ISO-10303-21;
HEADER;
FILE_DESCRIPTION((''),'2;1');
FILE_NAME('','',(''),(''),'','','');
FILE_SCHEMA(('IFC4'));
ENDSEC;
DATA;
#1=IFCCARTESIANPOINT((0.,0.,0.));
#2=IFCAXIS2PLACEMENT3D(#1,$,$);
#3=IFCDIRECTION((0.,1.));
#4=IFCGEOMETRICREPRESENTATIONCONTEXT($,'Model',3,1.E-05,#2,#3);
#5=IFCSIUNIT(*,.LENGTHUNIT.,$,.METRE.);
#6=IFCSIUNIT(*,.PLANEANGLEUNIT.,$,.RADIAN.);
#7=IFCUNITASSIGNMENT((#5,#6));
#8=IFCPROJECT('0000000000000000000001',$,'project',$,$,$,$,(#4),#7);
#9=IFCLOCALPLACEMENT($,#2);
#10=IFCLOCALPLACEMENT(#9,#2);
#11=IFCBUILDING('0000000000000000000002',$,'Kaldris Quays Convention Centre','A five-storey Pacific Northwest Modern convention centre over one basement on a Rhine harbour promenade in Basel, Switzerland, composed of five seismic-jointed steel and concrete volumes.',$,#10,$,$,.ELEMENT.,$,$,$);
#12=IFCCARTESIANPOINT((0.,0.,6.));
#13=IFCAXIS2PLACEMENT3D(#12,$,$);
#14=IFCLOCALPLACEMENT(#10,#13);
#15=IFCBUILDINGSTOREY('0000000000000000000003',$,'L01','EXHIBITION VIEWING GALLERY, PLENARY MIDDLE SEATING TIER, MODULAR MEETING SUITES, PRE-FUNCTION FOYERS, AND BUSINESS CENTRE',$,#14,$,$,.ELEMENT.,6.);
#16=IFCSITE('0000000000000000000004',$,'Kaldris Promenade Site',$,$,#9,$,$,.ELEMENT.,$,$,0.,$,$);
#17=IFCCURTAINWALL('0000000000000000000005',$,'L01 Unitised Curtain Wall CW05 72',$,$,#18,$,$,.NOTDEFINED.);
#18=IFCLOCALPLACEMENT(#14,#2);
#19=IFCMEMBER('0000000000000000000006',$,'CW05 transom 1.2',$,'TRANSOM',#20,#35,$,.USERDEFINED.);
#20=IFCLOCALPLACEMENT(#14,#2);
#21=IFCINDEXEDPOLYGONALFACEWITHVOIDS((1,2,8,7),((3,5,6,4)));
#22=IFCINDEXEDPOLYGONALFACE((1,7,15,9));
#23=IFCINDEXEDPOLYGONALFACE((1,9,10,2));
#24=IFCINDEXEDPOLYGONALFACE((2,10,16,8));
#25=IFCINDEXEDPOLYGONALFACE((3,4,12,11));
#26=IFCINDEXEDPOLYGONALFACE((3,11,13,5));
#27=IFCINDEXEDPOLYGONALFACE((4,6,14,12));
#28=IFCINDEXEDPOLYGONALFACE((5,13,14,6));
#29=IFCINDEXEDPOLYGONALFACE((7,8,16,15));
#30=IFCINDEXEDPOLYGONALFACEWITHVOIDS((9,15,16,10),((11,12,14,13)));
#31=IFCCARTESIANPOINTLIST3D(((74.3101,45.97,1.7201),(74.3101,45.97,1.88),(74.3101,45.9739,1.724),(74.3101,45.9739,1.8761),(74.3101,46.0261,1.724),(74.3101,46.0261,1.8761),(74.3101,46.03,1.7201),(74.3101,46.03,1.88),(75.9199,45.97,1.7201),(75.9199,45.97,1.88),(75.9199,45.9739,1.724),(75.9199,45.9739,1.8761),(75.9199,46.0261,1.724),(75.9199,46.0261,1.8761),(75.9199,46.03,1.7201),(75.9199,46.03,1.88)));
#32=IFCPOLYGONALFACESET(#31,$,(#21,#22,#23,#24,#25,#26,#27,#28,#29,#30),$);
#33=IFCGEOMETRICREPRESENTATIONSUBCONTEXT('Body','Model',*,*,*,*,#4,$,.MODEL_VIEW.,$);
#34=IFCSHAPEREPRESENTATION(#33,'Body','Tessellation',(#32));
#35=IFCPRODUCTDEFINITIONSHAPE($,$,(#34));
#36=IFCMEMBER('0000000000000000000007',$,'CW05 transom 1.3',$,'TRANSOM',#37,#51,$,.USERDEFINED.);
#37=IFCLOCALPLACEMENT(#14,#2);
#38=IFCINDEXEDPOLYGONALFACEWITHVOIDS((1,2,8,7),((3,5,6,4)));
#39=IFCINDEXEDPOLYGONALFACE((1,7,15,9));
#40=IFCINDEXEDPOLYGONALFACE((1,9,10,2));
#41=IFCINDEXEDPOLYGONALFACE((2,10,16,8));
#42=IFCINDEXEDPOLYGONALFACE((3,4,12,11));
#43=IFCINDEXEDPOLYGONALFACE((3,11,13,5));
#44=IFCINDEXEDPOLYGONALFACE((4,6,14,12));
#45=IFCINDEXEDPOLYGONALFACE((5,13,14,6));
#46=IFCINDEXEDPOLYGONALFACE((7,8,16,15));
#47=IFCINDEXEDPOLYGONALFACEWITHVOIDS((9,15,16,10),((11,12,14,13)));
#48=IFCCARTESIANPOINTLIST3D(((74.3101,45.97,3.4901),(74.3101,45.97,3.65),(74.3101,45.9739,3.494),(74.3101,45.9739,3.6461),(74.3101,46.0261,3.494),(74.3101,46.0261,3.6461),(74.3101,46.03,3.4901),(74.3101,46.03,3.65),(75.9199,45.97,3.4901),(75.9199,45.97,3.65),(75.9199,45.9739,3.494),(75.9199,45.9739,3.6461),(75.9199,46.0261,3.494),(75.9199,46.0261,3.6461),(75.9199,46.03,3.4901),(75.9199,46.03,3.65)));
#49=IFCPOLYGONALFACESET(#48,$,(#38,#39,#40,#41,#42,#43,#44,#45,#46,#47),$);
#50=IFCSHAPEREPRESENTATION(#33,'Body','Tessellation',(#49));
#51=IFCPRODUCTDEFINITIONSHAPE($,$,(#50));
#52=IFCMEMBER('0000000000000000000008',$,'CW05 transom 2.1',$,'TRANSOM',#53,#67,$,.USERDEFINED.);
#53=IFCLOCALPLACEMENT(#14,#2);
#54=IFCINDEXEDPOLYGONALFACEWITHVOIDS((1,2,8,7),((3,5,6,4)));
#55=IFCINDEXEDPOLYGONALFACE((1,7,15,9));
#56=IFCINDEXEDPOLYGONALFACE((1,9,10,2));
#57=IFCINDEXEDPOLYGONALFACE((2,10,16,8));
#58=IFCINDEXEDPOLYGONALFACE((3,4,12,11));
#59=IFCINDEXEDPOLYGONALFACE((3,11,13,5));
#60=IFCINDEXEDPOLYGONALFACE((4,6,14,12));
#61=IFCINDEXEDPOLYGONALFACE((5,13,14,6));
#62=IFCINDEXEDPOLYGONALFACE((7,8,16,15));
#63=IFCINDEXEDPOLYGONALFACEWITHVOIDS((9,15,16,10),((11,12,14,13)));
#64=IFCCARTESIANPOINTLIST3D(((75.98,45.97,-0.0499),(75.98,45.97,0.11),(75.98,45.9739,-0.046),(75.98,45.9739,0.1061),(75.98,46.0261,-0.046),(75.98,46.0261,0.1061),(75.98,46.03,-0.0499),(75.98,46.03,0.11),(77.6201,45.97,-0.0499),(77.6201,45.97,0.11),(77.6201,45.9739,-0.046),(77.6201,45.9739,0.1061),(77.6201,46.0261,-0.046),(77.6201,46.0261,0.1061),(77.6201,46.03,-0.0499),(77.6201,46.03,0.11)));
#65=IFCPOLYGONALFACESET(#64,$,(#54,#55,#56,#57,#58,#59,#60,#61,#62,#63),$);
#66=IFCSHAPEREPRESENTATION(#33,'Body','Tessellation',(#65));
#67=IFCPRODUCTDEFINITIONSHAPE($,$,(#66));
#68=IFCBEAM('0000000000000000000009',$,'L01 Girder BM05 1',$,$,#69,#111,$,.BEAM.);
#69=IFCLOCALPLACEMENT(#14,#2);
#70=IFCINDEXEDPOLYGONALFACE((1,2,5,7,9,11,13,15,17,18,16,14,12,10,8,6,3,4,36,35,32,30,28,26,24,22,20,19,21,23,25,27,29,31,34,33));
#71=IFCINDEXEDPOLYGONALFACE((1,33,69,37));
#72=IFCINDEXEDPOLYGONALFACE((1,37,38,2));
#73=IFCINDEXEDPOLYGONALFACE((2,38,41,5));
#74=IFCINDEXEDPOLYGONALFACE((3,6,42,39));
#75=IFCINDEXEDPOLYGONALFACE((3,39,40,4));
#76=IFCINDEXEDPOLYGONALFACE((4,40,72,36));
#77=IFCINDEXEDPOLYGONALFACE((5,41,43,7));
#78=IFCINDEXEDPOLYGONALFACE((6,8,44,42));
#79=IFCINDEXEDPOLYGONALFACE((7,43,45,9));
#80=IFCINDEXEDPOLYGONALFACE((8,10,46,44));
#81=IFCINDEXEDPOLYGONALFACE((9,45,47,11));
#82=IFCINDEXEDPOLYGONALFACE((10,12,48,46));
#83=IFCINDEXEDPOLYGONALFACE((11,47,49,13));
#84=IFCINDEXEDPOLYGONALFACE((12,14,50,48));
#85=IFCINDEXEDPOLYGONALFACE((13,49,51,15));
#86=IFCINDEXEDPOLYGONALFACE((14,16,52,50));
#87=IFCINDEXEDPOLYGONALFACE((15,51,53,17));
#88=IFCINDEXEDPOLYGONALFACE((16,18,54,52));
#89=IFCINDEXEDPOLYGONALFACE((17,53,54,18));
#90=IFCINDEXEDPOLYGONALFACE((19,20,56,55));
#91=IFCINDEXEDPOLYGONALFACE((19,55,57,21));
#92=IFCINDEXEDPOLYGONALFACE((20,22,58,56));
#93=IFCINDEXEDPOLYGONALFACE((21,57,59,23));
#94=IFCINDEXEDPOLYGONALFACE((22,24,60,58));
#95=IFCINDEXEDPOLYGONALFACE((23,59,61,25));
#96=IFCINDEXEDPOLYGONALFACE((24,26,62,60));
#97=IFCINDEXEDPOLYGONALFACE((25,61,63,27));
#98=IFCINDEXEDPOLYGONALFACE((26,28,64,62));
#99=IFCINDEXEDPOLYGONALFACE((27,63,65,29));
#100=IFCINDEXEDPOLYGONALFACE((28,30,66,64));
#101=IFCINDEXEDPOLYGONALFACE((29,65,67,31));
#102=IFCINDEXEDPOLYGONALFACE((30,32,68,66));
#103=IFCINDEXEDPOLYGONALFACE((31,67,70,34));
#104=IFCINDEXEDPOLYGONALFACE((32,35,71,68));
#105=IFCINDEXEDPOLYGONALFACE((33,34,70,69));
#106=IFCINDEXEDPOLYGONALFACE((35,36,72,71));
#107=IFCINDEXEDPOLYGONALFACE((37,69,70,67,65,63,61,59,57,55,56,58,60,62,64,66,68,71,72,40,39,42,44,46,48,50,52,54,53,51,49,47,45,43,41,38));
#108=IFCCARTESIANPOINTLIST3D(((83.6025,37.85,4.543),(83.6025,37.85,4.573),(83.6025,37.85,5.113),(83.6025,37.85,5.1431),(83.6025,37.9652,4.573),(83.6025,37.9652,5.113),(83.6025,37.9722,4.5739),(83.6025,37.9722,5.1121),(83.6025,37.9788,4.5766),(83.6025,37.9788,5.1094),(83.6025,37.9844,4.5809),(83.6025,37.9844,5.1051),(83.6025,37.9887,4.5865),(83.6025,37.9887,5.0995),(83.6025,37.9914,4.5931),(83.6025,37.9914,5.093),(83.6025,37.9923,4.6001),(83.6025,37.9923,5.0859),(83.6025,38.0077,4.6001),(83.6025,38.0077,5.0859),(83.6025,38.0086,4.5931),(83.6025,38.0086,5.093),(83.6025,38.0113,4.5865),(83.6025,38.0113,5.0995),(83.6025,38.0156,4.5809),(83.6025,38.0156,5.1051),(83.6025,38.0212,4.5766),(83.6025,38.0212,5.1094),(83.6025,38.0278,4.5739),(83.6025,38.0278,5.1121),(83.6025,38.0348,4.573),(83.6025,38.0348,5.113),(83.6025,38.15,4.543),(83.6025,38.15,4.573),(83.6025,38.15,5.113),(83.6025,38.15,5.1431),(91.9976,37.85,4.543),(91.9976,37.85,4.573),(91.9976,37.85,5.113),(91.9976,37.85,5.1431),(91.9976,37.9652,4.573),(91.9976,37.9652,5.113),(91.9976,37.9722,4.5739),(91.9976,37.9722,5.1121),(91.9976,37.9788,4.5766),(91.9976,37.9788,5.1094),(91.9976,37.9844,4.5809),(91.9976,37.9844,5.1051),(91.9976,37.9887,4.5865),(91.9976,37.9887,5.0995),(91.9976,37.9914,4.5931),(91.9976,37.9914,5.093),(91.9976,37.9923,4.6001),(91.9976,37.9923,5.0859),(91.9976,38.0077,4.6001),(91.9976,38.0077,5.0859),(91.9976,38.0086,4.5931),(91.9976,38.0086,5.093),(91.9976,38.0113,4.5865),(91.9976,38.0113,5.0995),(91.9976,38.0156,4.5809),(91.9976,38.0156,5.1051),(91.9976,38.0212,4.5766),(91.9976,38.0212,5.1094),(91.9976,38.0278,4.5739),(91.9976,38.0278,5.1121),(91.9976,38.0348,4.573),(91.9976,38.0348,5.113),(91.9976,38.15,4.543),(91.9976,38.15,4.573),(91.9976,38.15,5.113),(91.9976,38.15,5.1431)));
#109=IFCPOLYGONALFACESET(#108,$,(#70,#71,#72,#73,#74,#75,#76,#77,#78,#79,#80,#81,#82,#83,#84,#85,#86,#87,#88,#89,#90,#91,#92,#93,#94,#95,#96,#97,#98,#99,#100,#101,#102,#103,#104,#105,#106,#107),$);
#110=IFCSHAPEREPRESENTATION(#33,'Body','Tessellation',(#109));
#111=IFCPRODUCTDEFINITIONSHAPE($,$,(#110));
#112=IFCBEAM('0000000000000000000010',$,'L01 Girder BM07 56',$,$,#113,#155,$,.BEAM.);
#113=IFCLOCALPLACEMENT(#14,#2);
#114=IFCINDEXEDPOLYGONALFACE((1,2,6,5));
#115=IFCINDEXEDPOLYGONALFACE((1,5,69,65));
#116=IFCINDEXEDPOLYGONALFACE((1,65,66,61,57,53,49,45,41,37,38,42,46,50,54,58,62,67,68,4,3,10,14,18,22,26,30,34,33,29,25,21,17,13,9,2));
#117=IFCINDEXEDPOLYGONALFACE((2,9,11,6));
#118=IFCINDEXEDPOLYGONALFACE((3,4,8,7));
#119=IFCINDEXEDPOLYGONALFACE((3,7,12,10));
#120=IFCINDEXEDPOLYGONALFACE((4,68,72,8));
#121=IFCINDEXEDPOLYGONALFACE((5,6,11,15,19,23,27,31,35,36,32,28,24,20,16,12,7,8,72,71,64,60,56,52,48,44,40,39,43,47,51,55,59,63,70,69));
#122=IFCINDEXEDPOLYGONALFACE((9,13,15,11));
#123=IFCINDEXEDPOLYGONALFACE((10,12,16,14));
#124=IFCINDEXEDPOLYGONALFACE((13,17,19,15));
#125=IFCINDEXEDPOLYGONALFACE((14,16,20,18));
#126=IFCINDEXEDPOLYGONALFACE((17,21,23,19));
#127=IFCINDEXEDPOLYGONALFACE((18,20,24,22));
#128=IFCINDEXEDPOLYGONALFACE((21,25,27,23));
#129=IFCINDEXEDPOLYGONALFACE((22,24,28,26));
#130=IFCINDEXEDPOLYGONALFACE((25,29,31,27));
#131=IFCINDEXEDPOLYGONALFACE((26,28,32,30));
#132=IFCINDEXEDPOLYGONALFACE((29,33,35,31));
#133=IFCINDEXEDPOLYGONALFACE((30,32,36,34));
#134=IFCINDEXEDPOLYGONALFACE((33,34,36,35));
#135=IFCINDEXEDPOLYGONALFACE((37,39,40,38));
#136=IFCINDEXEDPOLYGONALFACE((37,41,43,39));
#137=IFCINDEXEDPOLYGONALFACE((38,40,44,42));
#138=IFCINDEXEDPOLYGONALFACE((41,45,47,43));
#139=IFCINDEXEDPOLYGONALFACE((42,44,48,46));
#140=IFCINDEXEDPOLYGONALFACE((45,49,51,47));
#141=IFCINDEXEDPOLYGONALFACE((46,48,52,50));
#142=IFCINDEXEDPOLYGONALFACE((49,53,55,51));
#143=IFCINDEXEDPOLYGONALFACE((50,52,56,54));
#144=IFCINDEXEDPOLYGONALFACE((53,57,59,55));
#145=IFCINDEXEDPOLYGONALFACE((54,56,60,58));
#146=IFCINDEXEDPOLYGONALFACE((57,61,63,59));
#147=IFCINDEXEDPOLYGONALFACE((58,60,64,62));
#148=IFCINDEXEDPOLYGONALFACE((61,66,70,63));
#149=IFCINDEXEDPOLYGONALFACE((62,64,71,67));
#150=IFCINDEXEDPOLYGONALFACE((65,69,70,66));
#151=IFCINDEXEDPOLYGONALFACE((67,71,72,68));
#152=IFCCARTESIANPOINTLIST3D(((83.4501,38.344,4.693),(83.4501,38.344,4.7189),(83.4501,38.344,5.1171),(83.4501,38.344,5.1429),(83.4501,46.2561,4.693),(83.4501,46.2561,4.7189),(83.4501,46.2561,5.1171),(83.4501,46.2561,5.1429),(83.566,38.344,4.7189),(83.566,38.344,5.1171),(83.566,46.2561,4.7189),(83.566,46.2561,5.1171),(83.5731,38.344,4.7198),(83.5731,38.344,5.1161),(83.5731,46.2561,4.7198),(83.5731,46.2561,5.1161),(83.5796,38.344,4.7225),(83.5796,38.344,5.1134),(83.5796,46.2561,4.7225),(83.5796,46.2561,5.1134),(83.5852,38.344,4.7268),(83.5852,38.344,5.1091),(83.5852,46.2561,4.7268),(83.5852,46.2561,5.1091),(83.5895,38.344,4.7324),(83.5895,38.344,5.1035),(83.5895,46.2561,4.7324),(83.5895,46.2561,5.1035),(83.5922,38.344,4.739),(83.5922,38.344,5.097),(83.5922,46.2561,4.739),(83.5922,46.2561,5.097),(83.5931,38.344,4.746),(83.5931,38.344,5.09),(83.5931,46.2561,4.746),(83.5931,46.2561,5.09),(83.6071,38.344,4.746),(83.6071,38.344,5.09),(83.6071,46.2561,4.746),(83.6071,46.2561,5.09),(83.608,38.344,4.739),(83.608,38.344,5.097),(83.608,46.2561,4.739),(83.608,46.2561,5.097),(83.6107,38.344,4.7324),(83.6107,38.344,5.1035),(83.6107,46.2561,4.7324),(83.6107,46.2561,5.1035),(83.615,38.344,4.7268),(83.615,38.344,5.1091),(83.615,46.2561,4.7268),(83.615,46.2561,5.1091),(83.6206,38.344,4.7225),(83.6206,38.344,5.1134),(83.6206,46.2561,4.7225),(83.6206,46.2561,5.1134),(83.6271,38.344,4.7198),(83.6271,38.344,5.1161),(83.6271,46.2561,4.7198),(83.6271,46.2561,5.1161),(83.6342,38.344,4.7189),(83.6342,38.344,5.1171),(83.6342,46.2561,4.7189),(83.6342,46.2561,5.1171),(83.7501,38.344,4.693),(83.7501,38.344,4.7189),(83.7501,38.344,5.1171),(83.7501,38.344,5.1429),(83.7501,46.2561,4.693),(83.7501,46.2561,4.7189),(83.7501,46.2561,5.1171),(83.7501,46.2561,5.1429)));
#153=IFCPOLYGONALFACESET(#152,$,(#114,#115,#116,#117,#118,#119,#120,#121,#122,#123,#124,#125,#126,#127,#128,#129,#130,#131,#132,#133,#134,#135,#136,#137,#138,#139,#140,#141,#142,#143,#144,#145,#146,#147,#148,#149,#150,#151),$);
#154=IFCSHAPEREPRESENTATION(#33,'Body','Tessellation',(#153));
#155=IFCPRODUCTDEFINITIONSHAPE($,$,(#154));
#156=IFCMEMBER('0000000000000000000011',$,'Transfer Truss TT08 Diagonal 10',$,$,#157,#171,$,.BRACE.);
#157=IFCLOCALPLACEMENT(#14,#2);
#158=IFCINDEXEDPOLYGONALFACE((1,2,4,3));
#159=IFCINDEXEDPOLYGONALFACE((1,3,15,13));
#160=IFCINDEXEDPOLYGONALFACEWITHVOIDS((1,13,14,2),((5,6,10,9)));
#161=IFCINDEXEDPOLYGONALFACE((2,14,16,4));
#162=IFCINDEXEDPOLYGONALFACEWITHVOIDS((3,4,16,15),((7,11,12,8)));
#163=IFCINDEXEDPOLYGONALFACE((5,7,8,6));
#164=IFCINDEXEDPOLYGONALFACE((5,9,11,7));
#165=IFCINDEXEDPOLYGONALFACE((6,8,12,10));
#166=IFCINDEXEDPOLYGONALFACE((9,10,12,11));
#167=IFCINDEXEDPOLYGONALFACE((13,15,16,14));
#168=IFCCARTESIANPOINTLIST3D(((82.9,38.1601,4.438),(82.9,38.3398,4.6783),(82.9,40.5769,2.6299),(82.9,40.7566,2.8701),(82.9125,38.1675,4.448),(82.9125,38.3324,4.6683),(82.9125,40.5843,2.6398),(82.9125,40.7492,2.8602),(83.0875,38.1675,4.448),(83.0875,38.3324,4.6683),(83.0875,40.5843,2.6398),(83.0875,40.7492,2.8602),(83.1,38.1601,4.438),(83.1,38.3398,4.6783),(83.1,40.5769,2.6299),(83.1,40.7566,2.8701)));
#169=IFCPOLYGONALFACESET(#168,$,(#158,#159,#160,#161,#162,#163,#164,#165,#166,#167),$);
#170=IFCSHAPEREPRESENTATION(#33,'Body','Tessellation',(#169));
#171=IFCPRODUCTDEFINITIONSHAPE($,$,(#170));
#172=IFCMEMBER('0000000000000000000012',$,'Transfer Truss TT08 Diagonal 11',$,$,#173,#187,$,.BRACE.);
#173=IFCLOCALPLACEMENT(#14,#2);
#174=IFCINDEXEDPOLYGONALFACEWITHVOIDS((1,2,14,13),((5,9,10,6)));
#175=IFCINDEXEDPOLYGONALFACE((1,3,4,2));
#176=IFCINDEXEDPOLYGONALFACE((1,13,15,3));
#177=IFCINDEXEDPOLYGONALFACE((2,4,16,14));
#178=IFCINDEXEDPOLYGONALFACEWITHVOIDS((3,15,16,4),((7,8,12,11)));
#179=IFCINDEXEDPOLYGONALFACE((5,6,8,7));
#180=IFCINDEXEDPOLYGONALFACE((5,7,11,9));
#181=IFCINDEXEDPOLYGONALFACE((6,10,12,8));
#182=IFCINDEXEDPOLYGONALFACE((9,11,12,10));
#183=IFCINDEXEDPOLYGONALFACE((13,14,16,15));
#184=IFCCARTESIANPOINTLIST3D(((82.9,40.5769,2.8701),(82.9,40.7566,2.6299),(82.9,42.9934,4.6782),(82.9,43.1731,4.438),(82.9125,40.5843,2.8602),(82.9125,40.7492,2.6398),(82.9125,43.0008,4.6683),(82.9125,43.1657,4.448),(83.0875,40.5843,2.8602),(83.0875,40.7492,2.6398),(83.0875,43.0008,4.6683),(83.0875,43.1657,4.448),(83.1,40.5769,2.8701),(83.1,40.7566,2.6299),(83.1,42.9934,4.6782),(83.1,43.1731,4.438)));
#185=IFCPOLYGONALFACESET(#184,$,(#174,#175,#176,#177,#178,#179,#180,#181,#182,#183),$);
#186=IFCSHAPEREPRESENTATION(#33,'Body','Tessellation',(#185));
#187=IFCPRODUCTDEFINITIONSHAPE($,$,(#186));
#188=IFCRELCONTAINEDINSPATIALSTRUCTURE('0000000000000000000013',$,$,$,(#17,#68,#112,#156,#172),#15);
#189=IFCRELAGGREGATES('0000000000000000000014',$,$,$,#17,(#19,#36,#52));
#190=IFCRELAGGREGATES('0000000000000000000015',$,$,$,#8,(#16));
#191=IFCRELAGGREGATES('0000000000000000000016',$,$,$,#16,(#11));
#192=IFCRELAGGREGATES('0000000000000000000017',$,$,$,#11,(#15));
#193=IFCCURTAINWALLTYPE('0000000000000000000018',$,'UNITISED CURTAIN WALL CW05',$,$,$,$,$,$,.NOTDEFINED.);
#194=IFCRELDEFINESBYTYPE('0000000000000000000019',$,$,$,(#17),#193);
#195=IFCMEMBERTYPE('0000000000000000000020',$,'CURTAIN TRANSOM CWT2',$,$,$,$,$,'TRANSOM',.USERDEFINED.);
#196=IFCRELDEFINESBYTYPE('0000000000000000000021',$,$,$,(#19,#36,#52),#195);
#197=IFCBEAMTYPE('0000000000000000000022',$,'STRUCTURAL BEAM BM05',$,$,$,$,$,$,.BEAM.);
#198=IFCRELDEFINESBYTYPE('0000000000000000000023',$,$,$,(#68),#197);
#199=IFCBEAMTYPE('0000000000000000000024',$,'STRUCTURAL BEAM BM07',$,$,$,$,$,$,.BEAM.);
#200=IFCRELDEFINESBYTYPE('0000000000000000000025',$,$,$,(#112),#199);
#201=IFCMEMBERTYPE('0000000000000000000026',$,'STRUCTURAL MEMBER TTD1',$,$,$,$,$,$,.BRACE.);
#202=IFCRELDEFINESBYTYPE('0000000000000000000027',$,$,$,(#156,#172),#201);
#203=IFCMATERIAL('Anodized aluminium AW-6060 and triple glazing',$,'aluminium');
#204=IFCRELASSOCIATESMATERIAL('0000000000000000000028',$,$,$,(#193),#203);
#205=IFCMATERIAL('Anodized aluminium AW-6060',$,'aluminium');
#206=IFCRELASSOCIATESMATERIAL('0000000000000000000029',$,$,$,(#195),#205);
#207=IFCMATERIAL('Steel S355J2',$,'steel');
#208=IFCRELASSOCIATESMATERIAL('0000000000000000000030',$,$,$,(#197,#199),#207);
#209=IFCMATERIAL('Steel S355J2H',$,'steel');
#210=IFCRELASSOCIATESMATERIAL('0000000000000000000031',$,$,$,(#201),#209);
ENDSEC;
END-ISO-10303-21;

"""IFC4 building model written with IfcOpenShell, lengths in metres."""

from ifc_helpers import new_model, si_unit, direction, frame, origin, origin_2d, place, context, subcontext, project, spatial, hollow_rectangle, i_section, extrude, material, material_profile, profile_set, type_object, element, aggregate, save


model = new_model("IFC4")

# Units and contexts
model_context = context("Model", 3, precision=1e-05, world=origin(), true_north=direction((0.0, 1.0)))
body_context = subcontext(model_context, "Body", "Model", "MODEL_VIEW")
ifc_project = project(units=[si_unit("LENGTHUNIT", "METRE"), si_unit("PLANEANGLEUNIT", "RADIAN")], contexts=[model_context])

# Site, building, storey
site_placement = place(None, origin())
site = spatial("IfcSite", under=ifc_project, at=site_placement, Name="Kaldris Promenade Site", CompositionType="ELEMENT", RefElevation=0.0)
building_placement = place(site_placement, origin())
building = spatial("IfcBuilding", under=site, at=building_placement, Name="Kaldris Quays Convention Centre", Description="A five-storey Pacific Northwest Modern convention centre over one basement on a Rhine harbour promenade in Basel, Switzerland, composed of five seismic-jointed steel and concrete volumes.", CompositionType="ELEMENT")
storey_placement = place(building_placement, frame((0.0, 0.0, 6.0)))
storey = spatial("IfcBuildingStorey", under=building, at=storey_placement, Name="L01", Description="EXHIBITION VIEWING GALLERY, PLENARY MIDDLE SEATING TIER, MODULAR MEETING SUITES, PRE-FUNCTION FOYERS, AND BUSINESS CENTRE", CompositionType="ELEMENT", Elevation=6.0)

# Curtain wall
ifc_material_1 = material(Name="Anodized aluminium AW-6060 and triple glazing", Category="aluminium")
curtain_wall_type_1 = type_object("IfcCurtainWallType", Name="UNITISED CURTAIN WALL CW05", PredefinedType="NOTDEFINED", material=ifc_material_1)
curtain_wall_1_placement = place(storey_placement, origin())
curtain_wall_1 = element("IfcCurtainWall", 1, at=curtain_wall_1_placement, inside=storey, type_object=curtain_wall_type_1, Name="L01 Unitised Curtain Wall CW05 72", PredefinedType="NOTDEFINED")
ifc_material_2 = material(Name="Anodized aluminium AW-6060", Category="aluminium")

# Members
ifc_material_profile_1 = material_profile(ifc_material_2, hollow_rectangle(XDim=0.0601, YDim=0.1599, WallThickness=0.0039, at=origin_2d()), Name="RHS 160x60x4")
ifc_profile_set_1 = profile_set([ifc_material_profile_1], Name="Anodized aluminium AW-6060")
member_type_1 = type_object("IfcMemberType", Name="CURTAIN TRANSOM CWT2", ElementType="TRANSOM", PredefinedType="USERDEFINED", material=ifc_profile_set_1)
member_1_placement = place(storey_placement, frame((74.3101, 46.0, 1.8), z_axis=(1.0, 0.0, 0.0), x_axis=(0.0, 1.0, 0.0)))
member_1 = element("IfcMember", 2, at=member_1_placement, type_object=member_type_1, Name="CW05 transom 1.2", ObjectType="TRANSOM", PredefinedType="USERDEFINED", context=body_context, shape_type="SweptSolid", body=[
    extrude(hollow_rectangle(XDim=0.0601, YDim=0.1599, WallThickness=0.0039, at=origin_2d()), origin(), (0.0, 0.0, 1.0), 1.6099),
])
member_2_placement = place(storey_placement, frame((74.3101, 46.0, 3.5701), z_axis=(1.0, 0.0, 0.0), x_axis=(0.0, 1.0, 0.0)))
member_2 = element("IfcMember", 3, at=member_2_placement, type_object=member_type_1, Name="CW05 transom 1.3", ObjectType="TRANSOM", PredefinedType="USERDEFINED", context=body_context, shape_type="SweptSolid", body=[
    extrude(hollow_rectangle(XDim=0.0601, YDim=0.1599, WallThickness=0.0039, at=origin_2d()), origin(), (0.0, 0.0, 1.0), 1.6099),
])
member_3_placement = place(storey_placement, frame((75.98, 46.0, 0.03), z_axis=(1.0, 0.0, 0.0), x_axis=(0.0, 1.0, 0.0)))
member_3 = element("IfcMember", 4, at=member_3_placement, type_object=member_type_1, Name="CW05 transom 2.1", ObjectType="TRANSOM", PredefinedType="USERDEFINED", context=body_context, shape_type="SweptSolid", body=[
    extrude(hollow_rectangle(XDim=0.0601, YDim=0.1599, WallThickness=0.0039, at=origin_2d()), origin(), (0.0, 0.0, 1.0), 1.6401),
])

# Beams
ifc_material_3 = material(Name="Steel S355J2", Category="steel")
ifc_material_profile_2 = material_profile(ifc_material_3, i_section(OverallWidth=0.3, OverallDepth=0.6001, WebThickness=0.0154, FlangeThickness=0.03, FilletRadius=0.0271, at=origin_2d()), Name="HEB 600")
ifc_profile_set_2 = profile_set([ifc_material_profile_2], Name="Steel S355J2")
beam_type_1 = type_object("IfcBeamType", Name="STRUCTURAL BEAM BM05", PredefinedType="BEAM", material=ifc_profile_set_2)
beam_1_placement = place(storey_placement, frame((83.6025, 38.0, 4.843), z_axis=(1.0, 0.0, 0.0), x_axis=(0.0, 1.0, 0.0)))
element("IfcBeam", 5, at=beam_1_placement, inside=storey, type_object=beam_type_1, Name="L01 Girder BM05 1", PredefinedType="BEAM", context=body_context, shape_type="SweptSolid", body=[
    extrude(i_section(OverallWidth=0.3, OverallDepth=0.6001, WebThickness=0.0154, FlangeThickness=0.03, FilletRadius=0.0271, at=origin_2d()), origin(), (0.0, 0.0, 1.0), 8.395),
])
ifc_material_profile_3 = material_profile(ifc_material_3, i_section(OverallWidth=0.3, OverallDepth=0.45, WebThickness=0.0139, FlangeThickness=0.0259, FilletRadius=0.0271, at=origin_2d()), Name="HEB 450")
ifc_profile_set_3 = profile_set([ifc_material_profile_3], Name="Steel S355J2")
beam_type_2 = type_object("IfcBeamType", Name="STRUCTURAL BEAM BM07", PredefinedType="BEAM", material=ifc_profile_set_3)
beam_2_placement = place(storey_placement, frame((83.6001, 38.344, 4.918), z_axis=(0.0, 1.0, 0.0), x_axis=(-1.0, 0.0, 0.0)))
element("IfcBeam", 6, at=beam_2_placement, inside=storey, type_object=beam_type_2, Name="L01 Girder BM07 56", PredefinedType="BEAM", context=body_context, shape_type="SweptSolid", body=[
    extrude(i_section(OverallWidth=0.3, OverallDepth=0.45, WebThickness=0.0139, FlangeThickness=0.0259, FilletRadius=0.0271, at=origin_2d()), origin(), (0.0, 0.0, 1.0), 7.9121),
])

# Members
ifc_material_4 = material(Name="Steel S355J2H", Category="steel")
ifc_material_profile_4 = material_profile(ifc_material_4, hollow_rectangle(XDim=0.2, YDim=0.3, WallThickness=0.0125, at=origin_2d()), Name="RHS 300x200x12.5")
ifc_profile_set_4 = profile_set([ifc_material_profile_4], Name="Steel S355J2H")
member_type_2 = type_object("IfcMemberType", Name="STRUCTURAL MEMBER TTD1", PredefinedType="BRACE", material=ifc_profile_set_4)
member_4_placement = place(storey_placement, frame((83.0, 40.6667, 2.75), z_axis=(0.0, -0.800708, 0.599055), x_axis=(1.0, 0.0, 0.0)))
element("IfcMember", 7, at=member_4_placement, inside=storey, type_object=member_type_2, Name="Transfer Truss TT08 Diagonal 10", PredefinedType="BRACE", context=body_context, shape_type="SweptSolid", body=[
    extrude(hollow_rectangle(XDim=0.2, YDim=0.3, WallThickness=0.0125, at=origin_2d()), origin(), (0.0, 0.0, 1.0), 3.0183),
])
member_5_placement = place(storey_placement, frame((83.0, 40.6667, 2.75), z_axis=(0.0, 0.800679, 0.599094), x_axis=(-1.0, 0.0, 0.0)))
element("IfcMember", 8, at=member_5_placement, inside=storey, type_object=member_type_2, Name="Transfer Truss TT08 Diagonal 11", PredefinedType="BRACE", context=body_context, shape_type="SweptSolid", body=[
    extrude(hollow_rectangle(XDim=0.2, YDim=0.3, WallThickness=0.0125, at=origin_2d()), origin(), (0.0, 0.0, 1.0), 3.0181),
])

aggregate(curtain_wall_1, [member_1, member_2, member_3])

save(model, "model.ifc")
